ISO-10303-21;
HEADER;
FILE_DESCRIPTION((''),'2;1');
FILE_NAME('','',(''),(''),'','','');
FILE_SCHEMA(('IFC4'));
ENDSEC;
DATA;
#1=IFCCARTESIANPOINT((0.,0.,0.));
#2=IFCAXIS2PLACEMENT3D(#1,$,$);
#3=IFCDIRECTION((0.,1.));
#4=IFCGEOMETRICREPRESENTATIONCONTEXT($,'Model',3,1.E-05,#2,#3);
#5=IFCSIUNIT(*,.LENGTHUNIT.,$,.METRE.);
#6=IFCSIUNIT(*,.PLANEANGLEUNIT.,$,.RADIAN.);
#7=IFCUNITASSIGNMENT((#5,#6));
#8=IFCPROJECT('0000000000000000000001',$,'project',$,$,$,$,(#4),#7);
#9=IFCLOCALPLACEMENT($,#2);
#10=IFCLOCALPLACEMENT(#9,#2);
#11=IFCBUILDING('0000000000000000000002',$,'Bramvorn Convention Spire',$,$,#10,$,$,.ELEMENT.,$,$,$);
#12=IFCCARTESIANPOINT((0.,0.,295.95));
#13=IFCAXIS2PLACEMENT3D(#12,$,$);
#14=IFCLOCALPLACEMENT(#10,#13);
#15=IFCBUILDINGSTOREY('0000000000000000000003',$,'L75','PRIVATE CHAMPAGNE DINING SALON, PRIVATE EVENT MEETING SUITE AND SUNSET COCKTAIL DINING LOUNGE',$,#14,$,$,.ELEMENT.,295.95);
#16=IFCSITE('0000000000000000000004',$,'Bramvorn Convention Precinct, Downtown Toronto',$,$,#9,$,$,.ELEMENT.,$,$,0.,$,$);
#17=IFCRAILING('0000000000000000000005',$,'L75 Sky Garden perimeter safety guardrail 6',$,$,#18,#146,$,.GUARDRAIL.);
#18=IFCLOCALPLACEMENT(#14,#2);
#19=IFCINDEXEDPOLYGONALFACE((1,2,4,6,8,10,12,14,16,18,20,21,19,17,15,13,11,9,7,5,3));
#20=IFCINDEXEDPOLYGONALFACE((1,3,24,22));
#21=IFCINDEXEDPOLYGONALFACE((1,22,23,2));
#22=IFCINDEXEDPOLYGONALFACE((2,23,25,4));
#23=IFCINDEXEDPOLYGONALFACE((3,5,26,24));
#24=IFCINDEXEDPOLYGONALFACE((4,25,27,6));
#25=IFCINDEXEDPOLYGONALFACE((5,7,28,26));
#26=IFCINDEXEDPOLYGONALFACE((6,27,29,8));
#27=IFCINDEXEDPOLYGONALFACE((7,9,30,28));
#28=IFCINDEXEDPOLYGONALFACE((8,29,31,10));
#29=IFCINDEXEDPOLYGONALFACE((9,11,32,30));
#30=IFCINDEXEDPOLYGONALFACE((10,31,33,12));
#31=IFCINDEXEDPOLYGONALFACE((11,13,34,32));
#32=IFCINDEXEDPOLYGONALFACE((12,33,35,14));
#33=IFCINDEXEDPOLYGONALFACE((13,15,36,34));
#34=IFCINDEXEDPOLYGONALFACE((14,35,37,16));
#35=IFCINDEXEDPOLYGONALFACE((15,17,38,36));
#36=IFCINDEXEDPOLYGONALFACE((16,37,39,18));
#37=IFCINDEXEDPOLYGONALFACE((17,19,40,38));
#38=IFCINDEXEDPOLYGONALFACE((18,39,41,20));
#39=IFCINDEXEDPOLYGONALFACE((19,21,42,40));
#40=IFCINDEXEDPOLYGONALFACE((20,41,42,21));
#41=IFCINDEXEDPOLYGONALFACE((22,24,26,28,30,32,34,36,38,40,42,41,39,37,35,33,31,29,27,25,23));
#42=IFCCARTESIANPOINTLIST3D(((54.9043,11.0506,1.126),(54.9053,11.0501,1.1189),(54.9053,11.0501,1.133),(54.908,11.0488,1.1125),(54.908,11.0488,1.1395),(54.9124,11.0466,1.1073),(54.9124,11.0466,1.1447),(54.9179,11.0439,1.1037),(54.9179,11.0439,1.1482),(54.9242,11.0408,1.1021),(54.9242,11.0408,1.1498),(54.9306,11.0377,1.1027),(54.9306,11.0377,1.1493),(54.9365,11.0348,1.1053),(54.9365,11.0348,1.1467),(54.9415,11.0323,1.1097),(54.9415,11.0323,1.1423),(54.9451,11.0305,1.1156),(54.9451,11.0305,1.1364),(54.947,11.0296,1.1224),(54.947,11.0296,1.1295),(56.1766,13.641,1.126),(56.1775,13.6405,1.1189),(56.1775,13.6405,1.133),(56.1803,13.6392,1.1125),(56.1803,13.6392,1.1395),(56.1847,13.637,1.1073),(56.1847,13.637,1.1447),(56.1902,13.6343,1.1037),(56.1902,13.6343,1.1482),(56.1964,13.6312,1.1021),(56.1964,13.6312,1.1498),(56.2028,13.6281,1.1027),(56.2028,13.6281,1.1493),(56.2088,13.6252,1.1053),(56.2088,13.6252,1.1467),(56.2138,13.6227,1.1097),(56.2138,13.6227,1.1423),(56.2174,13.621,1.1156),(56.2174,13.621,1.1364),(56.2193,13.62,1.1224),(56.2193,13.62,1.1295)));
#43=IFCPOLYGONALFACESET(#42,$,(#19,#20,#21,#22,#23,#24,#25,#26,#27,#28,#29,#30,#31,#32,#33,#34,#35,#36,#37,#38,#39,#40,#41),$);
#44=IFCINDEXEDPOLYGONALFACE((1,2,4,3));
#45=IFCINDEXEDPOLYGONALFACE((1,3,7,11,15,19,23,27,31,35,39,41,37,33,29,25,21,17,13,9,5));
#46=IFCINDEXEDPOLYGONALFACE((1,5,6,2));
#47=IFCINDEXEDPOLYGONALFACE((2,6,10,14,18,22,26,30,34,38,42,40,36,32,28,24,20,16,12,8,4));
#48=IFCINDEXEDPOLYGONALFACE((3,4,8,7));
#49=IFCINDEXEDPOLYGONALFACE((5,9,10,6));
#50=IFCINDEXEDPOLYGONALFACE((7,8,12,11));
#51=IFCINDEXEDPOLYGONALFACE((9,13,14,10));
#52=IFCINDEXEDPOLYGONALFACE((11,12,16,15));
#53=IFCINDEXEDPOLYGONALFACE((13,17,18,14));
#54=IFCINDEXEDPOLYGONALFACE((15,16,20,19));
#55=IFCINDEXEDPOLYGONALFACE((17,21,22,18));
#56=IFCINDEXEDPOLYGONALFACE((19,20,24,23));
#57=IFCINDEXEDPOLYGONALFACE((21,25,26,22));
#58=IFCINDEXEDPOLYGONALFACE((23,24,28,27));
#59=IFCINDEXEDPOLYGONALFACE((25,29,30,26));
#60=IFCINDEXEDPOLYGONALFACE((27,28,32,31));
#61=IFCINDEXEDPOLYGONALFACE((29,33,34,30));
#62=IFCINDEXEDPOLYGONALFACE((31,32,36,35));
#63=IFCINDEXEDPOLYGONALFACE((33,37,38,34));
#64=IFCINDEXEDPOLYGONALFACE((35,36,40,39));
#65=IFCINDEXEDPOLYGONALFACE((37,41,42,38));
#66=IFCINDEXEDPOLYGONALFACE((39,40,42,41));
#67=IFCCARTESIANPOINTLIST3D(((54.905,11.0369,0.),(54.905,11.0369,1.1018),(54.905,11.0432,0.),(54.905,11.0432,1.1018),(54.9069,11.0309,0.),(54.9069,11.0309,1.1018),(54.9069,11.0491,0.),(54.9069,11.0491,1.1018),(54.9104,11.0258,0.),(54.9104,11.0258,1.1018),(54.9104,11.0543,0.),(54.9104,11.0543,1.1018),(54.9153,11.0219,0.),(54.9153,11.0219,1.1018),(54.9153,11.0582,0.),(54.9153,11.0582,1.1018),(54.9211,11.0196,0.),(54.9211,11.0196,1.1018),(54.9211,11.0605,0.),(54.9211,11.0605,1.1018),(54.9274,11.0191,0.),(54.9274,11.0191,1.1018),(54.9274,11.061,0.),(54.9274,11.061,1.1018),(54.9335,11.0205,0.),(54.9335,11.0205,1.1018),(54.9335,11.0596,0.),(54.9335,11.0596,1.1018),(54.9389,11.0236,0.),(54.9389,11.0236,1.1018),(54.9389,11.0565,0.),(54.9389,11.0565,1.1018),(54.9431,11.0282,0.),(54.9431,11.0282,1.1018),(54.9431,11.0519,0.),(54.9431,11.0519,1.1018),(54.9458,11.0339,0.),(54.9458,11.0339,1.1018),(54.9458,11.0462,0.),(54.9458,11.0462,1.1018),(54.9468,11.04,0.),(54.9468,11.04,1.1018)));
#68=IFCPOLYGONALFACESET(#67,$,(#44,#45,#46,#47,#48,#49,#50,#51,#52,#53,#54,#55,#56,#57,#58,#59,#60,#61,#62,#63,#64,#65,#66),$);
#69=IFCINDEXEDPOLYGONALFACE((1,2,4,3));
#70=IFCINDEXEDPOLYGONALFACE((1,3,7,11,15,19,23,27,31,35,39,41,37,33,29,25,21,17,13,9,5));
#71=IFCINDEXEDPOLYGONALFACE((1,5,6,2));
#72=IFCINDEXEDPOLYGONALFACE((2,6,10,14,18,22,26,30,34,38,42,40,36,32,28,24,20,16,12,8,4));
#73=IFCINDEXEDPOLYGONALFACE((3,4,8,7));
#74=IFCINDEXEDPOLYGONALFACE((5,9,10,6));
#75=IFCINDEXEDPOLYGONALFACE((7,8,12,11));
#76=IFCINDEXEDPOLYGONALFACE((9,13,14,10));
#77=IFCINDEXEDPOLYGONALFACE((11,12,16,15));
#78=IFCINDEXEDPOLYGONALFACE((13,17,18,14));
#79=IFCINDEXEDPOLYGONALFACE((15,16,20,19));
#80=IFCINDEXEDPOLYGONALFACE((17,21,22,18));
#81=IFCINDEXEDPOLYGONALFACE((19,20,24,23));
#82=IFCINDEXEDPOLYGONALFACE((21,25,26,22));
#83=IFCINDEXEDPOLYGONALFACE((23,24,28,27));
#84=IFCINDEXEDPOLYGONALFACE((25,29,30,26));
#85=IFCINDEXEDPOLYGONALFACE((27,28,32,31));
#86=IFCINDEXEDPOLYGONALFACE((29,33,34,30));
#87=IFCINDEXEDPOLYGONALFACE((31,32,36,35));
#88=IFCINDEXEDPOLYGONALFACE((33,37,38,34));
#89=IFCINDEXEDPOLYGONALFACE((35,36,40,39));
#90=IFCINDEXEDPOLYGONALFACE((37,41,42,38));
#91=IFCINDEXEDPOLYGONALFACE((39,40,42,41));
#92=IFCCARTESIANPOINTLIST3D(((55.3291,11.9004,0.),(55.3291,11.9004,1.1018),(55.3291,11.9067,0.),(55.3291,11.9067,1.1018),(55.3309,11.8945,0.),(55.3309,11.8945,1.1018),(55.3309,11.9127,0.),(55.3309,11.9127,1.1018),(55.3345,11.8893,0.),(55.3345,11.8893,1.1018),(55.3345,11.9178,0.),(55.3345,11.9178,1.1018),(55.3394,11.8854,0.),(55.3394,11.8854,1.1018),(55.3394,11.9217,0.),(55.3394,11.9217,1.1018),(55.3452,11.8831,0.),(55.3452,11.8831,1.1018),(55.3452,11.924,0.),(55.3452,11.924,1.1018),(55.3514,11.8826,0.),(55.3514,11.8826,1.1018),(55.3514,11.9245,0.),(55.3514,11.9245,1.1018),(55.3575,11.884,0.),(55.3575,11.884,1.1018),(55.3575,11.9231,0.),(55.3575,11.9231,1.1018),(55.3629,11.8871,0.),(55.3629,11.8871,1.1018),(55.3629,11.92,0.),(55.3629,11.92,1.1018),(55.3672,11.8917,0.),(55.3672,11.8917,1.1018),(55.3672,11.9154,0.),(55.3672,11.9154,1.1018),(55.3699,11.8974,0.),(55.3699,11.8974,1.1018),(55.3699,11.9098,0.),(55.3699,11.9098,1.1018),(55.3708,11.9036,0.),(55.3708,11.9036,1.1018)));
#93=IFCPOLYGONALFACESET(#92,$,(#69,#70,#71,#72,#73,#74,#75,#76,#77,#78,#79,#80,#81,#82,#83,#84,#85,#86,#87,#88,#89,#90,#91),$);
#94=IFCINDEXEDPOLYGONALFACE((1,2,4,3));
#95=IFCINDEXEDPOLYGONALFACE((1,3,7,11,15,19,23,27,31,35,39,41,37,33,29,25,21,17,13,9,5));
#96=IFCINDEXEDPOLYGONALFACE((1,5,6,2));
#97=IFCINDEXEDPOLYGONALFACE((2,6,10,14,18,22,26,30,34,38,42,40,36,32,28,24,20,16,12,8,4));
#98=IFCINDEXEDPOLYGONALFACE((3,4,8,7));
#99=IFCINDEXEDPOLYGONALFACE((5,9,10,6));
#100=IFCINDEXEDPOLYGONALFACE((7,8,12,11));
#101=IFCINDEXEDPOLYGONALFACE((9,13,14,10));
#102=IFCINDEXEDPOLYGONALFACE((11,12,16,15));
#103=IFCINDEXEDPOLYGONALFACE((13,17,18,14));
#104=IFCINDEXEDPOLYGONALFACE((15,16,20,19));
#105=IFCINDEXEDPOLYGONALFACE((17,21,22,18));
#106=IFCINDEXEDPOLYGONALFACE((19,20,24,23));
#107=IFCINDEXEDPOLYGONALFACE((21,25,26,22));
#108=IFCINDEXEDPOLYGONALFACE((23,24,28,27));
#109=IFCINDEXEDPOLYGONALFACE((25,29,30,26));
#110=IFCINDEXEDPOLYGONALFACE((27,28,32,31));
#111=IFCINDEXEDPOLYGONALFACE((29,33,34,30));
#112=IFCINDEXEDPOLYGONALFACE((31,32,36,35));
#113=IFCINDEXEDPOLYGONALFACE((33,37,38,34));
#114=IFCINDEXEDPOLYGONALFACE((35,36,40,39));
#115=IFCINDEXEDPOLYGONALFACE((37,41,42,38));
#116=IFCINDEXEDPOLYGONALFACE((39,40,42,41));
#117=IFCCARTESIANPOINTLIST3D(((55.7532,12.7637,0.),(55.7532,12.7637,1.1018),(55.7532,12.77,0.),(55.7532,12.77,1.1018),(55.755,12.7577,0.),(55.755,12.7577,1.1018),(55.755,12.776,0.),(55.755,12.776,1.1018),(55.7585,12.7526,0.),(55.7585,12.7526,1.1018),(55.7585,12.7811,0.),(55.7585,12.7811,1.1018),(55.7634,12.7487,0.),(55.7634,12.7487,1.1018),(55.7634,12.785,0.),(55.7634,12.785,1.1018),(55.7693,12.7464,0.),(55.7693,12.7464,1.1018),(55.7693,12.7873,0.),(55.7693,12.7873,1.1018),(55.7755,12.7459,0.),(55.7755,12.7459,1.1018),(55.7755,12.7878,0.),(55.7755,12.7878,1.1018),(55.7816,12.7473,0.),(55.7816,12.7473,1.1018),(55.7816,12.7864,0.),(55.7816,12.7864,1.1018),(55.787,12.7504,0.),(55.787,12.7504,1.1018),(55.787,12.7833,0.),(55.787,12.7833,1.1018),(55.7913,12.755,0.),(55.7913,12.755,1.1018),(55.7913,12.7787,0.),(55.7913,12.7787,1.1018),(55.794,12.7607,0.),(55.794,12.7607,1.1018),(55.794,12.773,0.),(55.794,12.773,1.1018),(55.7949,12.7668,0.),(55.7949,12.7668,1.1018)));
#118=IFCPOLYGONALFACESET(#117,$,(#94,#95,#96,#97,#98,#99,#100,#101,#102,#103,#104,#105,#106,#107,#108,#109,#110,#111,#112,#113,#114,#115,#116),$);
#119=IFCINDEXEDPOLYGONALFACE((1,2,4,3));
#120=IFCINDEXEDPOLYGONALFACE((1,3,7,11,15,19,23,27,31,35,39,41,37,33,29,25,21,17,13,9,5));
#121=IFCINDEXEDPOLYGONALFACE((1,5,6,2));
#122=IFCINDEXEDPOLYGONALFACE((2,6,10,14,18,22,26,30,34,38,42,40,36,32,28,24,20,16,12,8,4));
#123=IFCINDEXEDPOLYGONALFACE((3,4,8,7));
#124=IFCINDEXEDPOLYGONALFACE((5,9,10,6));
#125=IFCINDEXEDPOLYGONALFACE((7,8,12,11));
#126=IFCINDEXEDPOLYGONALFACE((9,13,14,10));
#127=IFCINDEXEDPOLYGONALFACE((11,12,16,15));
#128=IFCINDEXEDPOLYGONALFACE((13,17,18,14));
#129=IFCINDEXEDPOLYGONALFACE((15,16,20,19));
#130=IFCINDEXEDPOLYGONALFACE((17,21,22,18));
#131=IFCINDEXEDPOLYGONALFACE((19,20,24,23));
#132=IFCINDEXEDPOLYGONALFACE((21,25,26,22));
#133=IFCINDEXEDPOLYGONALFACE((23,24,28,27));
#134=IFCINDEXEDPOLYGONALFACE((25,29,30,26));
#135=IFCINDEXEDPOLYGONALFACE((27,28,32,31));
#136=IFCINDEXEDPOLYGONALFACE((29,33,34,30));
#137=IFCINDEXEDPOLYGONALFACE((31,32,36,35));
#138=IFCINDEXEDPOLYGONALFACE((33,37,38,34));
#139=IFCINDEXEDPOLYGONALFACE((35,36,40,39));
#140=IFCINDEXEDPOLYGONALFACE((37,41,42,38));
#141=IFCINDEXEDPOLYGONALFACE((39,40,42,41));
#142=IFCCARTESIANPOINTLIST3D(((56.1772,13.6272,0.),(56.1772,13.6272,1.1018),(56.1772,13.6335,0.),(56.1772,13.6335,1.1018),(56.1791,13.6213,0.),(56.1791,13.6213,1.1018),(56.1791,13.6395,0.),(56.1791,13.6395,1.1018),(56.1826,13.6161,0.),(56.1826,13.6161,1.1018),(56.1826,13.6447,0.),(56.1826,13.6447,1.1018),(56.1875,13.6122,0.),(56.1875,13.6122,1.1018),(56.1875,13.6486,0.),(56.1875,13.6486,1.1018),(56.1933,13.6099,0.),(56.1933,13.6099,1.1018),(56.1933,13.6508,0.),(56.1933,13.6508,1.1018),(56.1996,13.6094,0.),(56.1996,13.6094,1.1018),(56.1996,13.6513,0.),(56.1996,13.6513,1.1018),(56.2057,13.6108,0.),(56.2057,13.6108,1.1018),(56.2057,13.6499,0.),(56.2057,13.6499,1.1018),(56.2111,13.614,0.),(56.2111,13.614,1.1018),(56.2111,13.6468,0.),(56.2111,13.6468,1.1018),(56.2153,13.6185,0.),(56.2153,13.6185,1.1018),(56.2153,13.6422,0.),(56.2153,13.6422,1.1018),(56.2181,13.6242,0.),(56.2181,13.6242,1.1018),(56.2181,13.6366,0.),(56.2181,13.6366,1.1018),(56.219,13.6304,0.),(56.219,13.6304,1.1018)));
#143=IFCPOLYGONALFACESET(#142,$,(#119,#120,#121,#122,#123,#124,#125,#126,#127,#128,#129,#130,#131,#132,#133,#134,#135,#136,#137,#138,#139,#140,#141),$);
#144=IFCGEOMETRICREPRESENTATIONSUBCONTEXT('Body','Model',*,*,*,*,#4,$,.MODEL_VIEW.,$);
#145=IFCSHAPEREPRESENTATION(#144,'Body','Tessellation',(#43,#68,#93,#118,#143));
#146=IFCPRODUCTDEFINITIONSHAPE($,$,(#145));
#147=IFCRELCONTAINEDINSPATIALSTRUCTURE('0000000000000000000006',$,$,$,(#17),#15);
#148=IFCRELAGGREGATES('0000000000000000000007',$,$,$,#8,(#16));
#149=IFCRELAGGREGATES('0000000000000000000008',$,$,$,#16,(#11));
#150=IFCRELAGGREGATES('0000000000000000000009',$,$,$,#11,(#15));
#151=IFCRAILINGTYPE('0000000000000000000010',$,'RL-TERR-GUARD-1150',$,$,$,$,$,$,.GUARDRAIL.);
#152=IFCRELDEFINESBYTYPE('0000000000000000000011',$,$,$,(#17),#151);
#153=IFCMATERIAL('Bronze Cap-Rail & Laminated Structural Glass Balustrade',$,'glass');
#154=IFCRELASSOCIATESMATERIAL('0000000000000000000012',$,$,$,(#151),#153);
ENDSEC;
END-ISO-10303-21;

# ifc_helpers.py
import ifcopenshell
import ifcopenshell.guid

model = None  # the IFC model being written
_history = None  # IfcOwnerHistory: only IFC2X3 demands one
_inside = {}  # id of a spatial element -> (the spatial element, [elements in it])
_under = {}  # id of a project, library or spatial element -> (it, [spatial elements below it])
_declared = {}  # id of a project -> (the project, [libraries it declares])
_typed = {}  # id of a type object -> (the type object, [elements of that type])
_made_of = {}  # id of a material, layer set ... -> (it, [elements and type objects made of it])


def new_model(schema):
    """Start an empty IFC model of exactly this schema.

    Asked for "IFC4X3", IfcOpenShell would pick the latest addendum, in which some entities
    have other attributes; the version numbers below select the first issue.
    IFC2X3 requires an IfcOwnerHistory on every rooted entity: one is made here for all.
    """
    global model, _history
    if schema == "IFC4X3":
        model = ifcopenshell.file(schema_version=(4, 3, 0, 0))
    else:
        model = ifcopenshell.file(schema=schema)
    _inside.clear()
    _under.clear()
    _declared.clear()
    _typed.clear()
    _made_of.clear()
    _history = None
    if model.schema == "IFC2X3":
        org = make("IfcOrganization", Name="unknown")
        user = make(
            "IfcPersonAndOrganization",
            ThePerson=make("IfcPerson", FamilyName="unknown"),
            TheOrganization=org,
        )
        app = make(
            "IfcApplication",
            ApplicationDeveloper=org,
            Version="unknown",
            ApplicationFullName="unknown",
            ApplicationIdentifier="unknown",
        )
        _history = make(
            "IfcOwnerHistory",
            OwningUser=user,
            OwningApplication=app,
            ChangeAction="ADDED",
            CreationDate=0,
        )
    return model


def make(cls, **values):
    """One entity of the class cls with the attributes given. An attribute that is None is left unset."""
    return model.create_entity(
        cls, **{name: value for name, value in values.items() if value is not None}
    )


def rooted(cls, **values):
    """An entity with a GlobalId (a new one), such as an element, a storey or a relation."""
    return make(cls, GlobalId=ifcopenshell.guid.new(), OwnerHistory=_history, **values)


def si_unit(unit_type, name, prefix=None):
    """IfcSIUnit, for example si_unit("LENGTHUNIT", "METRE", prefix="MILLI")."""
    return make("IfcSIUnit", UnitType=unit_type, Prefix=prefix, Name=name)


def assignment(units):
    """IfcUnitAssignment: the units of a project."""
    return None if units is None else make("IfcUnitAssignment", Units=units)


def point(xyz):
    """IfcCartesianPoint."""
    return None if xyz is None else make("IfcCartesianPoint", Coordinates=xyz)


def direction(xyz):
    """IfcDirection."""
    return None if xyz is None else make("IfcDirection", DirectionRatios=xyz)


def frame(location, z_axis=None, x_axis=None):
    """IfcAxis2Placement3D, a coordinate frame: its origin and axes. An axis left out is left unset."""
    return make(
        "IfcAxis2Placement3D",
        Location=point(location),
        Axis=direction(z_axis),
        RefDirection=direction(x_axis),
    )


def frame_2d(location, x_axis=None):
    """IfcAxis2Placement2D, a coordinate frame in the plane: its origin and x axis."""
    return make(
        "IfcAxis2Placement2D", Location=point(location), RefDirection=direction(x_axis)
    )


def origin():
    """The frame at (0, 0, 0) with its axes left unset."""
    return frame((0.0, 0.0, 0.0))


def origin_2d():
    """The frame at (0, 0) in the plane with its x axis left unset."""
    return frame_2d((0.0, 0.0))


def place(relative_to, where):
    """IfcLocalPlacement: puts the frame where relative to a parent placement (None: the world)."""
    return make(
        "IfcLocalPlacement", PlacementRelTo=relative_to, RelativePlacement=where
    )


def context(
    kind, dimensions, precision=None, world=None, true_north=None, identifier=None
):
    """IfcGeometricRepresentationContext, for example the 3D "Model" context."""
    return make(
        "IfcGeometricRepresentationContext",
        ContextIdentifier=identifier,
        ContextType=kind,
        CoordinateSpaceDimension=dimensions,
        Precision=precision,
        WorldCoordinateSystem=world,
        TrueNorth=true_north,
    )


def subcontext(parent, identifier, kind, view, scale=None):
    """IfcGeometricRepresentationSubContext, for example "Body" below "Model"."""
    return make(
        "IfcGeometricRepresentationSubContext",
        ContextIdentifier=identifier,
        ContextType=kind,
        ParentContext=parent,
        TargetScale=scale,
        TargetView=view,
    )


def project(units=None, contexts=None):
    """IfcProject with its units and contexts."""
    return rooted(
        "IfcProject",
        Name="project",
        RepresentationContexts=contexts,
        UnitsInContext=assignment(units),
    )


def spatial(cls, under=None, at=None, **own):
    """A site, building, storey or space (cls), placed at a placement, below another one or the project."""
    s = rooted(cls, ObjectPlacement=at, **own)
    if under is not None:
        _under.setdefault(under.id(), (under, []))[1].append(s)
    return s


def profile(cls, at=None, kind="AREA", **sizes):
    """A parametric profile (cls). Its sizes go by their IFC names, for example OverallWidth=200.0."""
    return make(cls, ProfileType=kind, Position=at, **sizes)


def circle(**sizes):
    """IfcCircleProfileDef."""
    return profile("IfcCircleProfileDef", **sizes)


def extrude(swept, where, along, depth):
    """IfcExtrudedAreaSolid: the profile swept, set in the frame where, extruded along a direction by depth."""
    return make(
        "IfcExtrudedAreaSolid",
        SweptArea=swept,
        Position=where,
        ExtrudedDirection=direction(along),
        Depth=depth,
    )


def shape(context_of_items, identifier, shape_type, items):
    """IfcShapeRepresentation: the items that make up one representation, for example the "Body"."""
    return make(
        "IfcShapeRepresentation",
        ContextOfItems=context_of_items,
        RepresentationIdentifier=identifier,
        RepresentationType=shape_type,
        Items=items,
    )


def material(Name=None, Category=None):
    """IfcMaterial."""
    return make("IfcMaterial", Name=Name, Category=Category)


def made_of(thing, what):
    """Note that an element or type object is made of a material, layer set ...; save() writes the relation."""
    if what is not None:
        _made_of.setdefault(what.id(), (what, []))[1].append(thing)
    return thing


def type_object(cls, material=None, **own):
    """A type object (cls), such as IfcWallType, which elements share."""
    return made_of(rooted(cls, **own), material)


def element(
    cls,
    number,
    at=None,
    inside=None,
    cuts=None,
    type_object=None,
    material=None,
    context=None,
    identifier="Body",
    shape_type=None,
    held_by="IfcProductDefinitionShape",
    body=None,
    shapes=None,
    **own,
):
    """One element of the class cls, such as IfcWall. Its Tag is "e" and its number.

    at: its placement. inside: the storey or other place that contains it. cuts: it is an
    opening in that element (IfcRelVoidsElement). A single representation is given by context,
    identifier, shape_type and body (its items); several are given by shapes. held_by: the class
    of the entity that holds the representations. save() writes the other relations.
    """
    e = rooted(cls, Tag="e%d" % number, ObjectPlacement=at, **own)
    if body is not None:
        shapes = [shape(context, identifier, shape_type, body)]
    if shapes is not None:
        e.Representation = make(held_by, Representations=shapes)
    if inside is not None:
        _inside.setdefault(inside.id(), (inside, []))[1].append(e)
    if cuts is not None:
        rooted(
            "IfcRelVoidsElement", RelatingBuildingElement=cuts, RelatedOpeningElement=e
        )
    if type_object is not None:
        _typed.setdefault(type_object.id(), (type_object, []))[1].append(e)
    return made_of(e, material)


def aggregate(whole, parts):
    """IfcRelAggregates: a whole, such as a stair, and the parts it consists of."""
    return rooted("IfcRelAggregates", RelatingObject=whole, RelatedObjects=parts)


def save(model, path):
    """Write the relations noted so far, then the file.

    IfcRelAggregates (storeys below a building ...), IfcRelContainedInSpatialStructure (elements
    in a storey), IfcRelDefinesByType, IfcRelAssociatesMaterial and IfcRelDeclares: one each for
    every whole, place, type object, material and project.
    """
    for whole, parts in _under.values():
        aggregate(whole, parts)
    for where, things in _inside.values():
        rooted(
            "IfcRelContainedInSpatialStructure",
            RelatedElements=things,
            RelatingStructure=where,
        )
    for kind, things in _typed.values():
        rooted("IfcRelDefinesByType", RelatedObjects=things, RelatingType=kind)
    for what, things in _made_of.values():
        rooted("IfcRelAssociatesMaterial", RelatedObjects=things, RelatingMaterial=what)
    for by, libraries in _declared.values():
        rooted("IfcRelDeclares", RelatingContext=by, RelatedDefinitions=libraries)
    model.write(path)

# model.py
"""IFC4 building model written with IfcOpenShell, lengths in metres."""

from ifc_helpers import new_model, si_unit, direction, frame, origin, origin_2d, place, context, subcontext, project, spatial, circle, extrude, material, type_object, element, save


model = new_model("IFC4")

# Units and contexts
model_context = context("Model", 3, precision=1e-05, world=origin(), true_north=direction((0.0, 1.0)))
body_context = subcontext(model_context, "Body", "Model", "MODEL_VIEW")
ifc_project = project(units=[si_unit("LENGTHUNIT", "METRE"), si_unit("PLANEANGLEUNIT", "RADIAN")], contexts=[model_context])

# Site, building, storey
site_placement = place(None, origin())
site = spatial("IfcSite", under=ifc_project, at=site_placement, Name="Bramvorn Convention Precinct, Downtown Toronto", CompositionType="ELEMENT", RefElevation=0.0)
building_placement = place(site_placement, origin())
building = spatial("IfcBuilding", under=site, at=building_placement, Name="Bramvorn Convention Spire", CompositionType="ELEMENT")
storey_placement = place(building_placement, frame((0.0, 0.0, 295.95)))
storey = spatial("IfcBuildingStorey", under=building, at=storey_placement, Name="L75", Description="PRIVATE CHAMPAGNE DINING SALON, PRIVATE EVENT MEETING SUITE AND SUNSET COCKTAIL DINING LOUNGE", CompositionType="ELEMENT", Elevation=295.95)

# Railing
ifc_material_1 = material(Name="Bronze Cap-Rail & Laminated Structural Glass Balustrade", Category="glass")
railing_type = type_object("IfcRailingType", Name="RL-TERR-GUARD-1150", PredefinedType="GUARDRAIL", material=ifc_material_1)
railing_1_placement = place(storey_placement, frame((54.9258, 11.04, 0.0)))
element("IfcRailing", 1, at=railing_1_placement, inside=storey, type_object=railing_type, Name="L75 Sky Garden perimeter safety guardrail 6", PredefinedType="GUARDRAIL", context=body_context, shape_type="SweptSolid", body=[
    extrude(circle(Radius=0.0239, at=origin_2d()), frame((0.0, 0.0, 1.126), z_axis=(0.440841, 0.897585, 0.0), x_axis=(-0.897585, 0.440841, 0.0)), (0.0, 0.0, 1.0), 2.886),
    extrude(circle(Radius=0.021, at=origin_2d()), origin(), (0.0, 0.0, 1.0), 1.1018),
    extrude(circle(Radius=0.021, at=origin_2d()), frame((0.4241, 0.8635, 0.0)), (0.0, 0.0, 1.0), 1.1018),
    extrude(circle(Radius=0.021, at=origin_2d()), frame((0.8481, 1.7268, 0.0)), (0.0, 0.0, 1.0), 1.1018),
    extrude(circle(Radius=0.021, at=origin_2d()), frame((1.2722, 2.5903, 0.0)), (0.0, 0.0, 1.0), 1.1018),
])

save(model, "model.ifc")
